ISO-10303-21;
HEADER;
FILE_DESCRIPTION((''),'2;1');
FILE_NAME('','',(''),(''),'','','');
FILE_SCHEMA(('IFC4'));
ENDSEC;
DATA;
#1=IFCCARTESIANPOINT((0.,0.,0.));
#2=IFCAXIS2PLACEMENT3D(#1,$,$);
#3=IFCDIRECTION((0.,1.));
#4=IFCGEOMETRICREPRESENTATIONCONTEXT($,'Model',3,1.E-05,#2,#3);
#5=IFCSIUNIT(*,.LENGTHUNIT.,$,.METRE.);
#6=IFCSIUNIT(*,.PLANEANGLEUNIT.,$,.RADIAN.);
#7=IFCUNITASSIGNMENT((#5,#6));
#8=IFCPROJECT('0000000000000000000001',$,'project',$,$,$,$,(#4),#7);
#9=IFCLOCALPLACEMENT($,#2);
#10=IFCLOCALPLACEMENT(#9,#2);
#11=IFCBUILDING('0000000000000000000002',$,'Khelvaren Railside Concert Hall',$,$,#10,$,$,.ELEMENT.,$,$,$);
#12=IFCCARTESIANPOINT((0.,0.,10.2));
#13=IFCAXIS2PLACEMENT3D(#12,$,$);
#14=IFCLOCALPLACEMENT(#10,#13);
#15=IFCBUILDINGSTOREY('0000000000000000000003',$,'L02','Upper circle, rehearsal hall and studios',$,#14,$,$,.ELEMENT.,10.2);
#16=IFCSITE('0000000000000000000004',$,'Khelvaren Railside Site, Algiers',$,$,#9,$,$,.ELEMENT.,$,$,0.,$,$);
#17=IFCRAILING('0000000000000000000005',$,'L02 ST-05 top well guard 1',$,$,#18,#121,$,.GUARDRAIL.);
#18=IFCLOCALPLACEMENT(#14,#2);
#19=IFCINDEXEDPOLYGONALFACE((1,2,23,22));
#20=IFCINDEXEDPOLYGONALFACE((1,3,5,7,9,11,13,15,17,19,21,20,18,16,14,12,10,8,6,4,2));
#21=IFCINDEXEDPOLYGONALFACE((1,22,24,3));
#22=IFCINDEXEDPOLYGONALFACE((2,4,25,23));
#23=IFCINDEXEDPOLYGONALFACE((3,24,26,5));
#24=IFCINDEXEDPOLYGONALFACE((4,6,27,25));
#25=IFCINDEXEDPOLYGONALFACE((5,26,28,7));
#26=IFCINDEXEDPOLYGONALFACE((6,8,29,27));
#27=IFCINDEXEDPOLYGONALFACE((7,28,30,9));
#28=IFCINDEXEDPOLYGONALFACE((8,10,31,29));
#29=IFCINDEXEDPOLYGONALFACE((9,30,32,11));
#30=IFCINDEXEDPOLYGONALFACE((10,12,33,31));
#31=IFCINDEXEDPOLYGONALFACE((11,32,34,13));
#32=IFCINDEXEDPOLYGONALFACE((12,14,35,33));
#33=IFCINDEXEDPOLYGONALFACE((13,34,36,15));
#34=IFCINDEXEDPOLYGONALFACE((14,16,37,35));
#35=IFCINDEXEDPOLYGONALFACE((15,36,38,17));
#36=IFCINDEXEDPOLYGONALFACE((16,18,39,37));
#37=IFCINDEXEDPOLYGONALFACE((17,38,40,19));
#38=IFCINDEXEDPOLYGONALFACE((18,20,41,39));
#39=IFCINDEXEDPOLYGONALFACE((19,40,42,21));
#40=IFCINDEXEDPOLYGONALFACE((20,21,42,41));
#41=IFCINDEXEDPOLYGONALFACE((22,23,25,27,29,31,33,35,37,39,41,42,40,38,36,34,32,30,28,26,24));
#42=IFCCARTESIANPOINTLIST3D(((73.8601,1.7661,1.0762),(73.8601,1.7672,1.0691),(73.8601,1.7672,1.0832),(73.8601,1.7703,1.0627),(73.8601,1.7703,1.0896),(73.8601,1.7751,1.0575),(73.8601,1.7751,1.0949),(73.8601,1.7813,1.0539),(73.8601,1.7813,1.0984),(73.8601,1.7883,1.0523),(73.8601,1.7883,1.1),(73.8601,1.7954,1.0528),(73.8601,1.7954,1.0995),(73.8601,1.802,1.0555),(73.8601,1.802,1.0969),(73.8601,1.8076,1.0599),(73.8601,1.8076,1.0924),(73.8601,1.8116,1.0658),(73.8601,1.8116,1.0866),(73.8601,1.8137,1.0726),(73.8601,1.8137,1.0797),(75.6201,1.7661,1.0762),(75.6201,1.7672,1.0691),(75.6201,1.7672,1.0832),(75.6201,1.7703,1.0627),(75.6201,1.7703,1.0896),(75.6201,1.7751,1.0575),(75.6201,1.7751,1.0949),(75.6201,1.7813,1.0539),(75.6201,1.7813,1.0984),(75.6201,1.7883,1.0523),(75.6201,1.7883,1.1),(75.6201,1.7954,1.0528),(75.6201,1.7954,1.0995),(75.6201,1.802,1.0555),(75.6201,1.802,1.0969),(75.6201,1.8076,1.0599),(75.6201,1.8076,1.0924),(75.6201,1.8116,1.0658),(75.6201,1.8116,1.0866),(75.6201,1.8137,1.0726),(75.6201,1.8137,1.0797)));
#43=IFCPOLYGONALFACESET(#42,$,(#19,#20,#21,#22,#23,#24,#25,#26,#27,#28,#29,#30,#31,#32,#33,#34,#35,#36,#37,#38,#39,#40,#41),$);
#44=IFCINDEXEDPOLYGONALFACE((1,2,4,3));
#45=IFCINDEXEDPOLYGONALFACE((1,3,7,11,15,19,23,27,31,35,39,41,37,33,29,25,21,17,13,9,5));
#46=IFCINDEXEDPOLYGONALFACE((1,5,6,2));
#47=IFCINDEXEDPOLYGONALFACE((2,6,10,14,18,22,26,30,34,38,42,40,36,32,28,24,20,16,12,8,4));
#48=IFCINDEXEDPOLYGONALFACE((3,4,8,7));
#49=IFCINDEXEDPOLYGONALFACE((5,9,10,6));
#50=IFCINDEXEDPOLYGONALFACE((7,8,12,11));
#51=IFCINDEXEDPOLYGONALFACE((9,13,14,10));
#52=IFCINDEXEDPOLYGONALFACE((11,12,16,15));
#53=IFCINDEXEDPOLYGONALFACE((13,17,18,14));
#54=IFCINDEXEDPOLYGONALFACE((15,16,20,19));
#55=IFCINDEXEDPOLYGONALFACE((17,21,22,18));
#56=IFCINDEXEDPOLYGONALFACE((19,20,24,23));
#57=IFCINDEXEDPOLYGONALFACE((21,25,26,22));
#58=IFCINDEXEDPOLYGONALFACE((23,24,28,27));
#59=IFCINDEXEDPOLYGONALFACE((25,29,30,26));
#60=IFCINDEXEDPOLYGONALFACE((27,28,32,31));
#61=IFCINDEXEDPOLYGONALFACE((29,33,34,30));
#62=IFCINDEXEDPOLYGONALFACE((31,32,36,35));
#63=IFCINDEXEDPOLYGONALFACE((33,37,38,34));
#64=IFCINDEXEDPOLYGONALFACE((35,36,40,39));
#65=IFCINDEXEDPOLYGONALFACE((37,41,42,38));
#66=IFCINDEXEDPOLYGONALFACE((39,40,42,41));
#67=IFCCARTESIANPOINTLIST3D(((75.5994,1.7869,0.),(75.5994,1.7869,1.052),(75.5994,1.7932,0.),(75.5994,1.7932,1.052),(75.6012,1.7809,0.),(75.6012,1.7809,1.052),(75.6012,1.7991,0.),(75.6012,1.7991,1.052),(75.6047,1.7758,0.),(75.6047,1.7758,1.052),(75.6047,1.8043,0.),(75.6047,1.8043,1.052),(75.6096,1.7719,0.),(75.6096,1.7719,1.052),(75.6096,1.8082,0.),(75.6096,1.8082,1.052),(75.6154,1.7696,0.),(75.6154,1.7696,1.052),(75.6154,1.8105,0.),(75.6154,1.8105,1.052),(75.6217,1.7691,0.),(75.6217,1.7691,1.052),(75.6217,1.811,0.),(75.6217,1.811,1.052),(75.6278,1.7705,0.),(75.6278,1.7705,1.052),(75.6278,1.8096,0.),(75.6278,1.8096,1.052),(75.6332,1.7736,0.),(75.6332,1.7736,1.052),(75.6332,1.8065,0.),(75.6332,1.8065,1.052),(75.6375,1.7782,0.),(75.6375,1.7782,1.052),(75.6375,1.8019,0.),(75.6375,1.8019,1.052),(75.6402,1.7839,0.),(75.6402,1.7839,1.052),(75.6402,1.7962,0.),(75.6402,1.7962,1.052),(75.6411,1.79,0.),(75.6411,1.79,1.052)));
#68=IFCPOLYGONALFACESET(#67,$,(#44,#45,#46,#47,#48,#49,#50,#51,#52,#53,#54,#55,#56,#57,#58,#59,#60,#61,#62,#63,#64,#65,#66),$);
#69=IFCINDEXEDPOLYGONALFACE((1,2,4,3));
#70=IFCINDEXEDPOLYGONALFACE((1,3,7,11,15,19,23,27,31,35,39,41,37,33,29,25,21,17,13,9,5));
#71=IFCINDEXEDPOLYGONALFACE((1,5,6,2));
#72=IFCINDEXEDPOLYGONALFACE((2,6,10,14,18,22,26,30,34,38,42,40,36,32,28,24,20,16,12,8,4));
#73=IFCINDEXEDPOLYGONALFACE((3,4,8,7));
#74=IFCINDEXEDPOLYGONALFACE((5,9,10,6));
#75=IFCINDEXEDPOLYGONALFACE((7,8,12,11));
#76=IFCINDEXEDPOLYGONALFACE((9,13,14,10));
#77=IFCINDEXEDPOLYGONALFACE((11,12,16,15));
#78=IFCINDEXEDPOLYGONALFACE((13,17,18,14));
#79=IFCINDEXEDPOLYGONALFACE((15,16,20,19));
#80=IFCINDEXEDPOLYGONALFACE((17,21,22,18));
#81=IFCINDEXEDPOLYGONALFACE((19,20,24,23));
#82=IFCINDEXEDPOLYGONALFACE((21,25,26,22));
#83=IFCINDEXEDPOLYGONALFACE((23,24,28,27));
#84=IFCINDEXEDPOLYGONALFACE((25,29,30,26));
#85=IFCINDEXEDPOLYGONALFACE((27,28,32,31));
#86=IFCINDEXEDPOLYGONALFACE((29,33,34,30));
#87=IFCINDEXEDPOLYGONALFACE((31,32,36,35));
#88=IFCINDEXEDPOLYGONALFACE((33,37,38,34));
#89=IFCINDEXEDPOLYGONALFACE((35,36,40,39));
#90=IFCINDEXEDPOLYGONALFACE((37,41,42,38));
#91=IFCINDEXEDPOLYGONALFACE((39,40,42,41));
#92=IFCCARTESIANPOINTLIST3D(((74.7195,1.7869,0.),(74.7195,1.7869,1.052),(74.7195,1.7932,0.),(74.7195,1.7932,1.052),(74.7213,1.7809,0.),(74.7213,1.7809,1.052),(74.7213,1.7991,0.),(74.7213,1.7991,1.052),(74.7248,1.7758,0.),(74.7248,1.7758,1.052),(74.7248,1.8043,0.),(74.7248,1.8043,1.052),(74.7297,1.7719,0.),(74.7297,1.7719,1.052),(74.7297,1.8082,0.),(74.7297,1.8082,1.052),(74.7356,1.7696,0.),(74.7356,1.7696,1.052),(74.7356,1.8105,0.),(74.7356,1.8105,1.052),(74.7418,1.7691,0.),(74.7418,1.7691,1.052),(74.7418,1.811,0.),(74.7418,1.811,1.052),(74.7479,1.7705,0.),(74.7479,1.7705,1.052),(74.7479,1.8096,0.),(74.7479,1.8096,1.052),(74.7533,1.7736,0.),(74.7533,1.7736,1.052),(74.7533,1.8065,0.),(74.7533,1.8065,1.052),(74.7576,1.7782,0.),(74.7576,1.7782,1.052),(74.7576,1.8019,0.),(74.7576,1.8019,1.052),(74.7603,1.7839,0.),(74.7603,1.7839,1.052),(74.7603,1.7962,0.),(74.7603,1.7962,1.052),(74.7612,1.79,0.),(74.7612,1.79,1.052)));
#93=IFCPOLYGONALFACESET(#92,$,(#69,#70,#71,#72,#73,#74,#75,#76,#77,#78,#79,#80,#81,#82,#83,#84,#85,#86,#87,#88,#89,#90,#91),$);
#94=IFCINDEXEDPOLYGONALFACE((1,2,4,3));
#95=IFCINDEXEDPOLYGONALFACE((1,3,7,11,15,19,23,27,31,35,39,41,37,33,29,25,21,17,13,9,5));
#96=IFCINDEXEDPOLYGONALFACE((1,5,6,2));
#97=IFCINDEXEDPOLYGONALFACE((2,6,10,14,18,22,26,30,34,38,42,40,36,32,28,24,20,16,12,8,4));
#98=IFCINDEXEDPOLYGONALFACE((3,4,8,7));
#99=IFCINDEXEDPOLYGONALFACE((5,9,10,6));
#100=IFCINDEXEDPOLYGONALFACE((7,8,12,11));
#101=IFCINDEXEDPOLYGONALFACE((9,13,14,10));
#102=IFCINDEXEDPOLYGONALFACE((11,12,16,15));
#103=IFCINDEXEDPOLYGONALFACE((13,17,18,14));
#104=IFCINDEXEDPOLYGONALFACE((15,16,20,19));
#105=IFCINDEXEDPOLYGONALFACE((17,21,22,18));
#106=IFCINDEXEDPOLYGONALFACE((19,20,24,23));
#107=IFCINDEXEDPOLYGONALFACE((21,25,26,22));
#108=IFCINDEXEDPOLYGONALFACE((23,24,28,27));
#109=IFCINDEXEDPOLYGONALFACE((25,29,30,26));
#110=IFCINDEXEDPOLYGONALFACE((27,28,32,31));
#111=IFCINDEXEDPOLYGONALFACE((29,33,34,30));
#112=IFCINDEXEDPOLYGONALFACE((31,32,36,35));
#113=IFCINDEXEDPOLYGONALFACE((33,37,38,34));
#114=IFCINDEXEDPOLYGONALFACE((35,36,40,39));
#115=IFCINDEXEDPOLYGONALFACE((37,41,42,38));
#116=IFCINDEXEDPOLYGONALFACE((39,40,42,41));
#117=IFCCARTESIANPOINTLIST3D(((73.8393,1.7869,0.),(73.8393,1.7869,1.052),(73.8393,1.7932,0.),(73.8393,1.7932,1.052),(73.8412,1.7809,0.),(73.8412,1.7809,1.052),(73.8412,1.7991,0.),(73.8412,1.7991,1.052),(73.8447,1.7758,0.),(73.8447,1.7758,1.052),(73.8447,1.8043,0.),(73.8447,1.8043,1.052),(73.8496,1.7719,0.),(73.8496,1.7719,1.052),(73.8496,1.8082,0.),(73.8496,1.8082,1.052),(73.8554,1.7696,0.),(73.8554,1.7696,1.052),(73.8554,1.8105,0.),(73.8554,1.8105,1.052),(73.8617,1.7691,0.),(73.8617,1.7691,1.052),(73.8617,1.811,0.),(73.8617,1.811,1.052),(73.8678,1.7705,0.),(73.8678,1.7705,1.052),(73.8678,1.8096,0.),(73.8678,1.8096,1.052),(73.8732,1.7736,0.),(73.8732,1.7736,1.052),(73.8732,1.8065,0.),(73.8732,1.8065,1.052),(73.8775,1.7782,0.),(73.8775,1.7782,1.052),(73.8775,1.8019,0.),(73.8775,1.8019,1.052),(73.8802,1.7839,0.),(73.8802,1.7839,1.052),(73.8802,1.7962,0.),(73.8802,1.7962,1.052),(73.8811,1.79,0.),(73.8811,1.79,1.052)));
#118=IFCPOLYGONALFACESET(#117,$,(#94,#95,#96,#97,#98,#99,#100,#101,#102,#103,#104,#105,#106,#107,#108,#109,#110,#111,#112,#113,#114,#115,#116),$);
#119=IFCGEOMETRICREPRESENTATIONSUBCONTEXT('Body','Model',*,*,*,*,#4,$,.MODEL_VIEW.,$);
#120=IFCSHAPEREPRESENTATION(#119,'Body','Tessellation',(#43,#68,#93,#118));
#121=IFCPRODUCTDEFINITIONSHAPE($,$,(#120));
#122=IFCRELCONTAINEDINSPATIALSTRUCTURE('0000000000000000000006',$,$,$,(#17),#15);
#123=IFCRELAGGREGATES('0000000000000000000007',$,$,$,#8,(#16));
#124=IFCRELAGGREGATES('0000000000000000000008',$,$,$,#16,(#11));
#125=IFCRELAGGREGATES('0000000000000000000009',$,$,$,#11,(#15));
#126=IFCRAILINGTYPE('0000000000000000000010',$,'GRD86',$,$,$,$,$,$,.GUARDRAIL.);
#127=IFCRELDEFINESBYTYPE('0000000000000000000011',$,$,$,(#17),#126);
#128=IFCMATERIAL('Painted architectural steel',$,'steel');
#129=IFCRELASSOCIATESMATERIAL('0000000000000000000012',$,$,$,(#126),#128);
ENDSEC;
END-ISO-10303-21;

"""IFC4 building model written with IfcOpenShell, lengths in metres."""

from ifc_helpers import new_model, si_unit, direction, frame, origin, origin_2d, place, context, subcontext, project, spatial, circle, extrude, material, type_object, element, save


model = new_model("IFC4")

# Units and contexts
model_context = context("Model", 3, precision=1e-05, world=origin(), true_north=direction((0.0, 1.0)))
body_context = subcontext(model_context, "Body", "Model", "MODEL_VIEW")
ifc_project = project(units=[si_unit("LENGTHUNIT", "METRE"), si_unit("PLANEANGLEUNIT", "RADIAN")], contexts=[model_context])

# Site, building, storey
site_placement = place(None, origin())
site = spatial("IfcSite", under=ifc_project, at=site_placement, Name="Khelvaren Railside Site, Algiers", CompositionType="ELEMENT", RefElevation=0.0)
building_placement = place(site_placement, origin())
building = spatial("IfcBuilding", under=site, at=building_placement, Name="Khelvaren Railside Concert Hall", CompositionType="ELEMENT")
storey_placement = place(building_placement, frame((0.0, 0.0, 10.2)))
storey = spatial("IfcBuildingStorey", under=building, at=storey_placement, Name="L02", Description="Upper circle, rehearsal hall and studios", CompositionType="ELEMENT", Elevation=10.2)

# Railing
ifc_material_1 = material(Name="Painted architectural steel", Category="steel")
railing_type = type_object("IfcRailingType", Name="GRD86", PredefinedType="GUARDRAIL", material=ifc_material_1)
railing_1_placement = place(storey_placement, frame((75.6201, 1.79, 0.0)))
element("IfcRailing", 1, at=railing_1_placement, inside=storey, type_object=railing_type, Name="L02 ST-05 top well guard 1", PredefinedType="GUARDRAIL", context=body_context, shape_type="SweptSolid", body=[
    extrude(circle(Radius=0.0239, at=origin_2d()), frame((0.0, 0.0, 1.0762), z_axis=(-1.0, 0.0, 0.0), x_axis=(0.0, -1.0, 0.0)), (0.0, 0.0, 1.0), 1.76),
    extrude(circle(Radius=0.021, at=origin_2d()), origin(), (0.0, 0.0, 1.0), 1.052),
    extrude(circle(Radius=0.021, at=origin_2d()), frame((-0.8799, 0.0, 0.0)), (0.0, 0.0, 1.0), 1.052),
    extrude(circle(Radius=0.021, at=origin_2d()), frame((-1.76, 0.0, 0.0)), (0.0, 0.0, 1.0), 1.052),
])

save(model, "model.ifc")
